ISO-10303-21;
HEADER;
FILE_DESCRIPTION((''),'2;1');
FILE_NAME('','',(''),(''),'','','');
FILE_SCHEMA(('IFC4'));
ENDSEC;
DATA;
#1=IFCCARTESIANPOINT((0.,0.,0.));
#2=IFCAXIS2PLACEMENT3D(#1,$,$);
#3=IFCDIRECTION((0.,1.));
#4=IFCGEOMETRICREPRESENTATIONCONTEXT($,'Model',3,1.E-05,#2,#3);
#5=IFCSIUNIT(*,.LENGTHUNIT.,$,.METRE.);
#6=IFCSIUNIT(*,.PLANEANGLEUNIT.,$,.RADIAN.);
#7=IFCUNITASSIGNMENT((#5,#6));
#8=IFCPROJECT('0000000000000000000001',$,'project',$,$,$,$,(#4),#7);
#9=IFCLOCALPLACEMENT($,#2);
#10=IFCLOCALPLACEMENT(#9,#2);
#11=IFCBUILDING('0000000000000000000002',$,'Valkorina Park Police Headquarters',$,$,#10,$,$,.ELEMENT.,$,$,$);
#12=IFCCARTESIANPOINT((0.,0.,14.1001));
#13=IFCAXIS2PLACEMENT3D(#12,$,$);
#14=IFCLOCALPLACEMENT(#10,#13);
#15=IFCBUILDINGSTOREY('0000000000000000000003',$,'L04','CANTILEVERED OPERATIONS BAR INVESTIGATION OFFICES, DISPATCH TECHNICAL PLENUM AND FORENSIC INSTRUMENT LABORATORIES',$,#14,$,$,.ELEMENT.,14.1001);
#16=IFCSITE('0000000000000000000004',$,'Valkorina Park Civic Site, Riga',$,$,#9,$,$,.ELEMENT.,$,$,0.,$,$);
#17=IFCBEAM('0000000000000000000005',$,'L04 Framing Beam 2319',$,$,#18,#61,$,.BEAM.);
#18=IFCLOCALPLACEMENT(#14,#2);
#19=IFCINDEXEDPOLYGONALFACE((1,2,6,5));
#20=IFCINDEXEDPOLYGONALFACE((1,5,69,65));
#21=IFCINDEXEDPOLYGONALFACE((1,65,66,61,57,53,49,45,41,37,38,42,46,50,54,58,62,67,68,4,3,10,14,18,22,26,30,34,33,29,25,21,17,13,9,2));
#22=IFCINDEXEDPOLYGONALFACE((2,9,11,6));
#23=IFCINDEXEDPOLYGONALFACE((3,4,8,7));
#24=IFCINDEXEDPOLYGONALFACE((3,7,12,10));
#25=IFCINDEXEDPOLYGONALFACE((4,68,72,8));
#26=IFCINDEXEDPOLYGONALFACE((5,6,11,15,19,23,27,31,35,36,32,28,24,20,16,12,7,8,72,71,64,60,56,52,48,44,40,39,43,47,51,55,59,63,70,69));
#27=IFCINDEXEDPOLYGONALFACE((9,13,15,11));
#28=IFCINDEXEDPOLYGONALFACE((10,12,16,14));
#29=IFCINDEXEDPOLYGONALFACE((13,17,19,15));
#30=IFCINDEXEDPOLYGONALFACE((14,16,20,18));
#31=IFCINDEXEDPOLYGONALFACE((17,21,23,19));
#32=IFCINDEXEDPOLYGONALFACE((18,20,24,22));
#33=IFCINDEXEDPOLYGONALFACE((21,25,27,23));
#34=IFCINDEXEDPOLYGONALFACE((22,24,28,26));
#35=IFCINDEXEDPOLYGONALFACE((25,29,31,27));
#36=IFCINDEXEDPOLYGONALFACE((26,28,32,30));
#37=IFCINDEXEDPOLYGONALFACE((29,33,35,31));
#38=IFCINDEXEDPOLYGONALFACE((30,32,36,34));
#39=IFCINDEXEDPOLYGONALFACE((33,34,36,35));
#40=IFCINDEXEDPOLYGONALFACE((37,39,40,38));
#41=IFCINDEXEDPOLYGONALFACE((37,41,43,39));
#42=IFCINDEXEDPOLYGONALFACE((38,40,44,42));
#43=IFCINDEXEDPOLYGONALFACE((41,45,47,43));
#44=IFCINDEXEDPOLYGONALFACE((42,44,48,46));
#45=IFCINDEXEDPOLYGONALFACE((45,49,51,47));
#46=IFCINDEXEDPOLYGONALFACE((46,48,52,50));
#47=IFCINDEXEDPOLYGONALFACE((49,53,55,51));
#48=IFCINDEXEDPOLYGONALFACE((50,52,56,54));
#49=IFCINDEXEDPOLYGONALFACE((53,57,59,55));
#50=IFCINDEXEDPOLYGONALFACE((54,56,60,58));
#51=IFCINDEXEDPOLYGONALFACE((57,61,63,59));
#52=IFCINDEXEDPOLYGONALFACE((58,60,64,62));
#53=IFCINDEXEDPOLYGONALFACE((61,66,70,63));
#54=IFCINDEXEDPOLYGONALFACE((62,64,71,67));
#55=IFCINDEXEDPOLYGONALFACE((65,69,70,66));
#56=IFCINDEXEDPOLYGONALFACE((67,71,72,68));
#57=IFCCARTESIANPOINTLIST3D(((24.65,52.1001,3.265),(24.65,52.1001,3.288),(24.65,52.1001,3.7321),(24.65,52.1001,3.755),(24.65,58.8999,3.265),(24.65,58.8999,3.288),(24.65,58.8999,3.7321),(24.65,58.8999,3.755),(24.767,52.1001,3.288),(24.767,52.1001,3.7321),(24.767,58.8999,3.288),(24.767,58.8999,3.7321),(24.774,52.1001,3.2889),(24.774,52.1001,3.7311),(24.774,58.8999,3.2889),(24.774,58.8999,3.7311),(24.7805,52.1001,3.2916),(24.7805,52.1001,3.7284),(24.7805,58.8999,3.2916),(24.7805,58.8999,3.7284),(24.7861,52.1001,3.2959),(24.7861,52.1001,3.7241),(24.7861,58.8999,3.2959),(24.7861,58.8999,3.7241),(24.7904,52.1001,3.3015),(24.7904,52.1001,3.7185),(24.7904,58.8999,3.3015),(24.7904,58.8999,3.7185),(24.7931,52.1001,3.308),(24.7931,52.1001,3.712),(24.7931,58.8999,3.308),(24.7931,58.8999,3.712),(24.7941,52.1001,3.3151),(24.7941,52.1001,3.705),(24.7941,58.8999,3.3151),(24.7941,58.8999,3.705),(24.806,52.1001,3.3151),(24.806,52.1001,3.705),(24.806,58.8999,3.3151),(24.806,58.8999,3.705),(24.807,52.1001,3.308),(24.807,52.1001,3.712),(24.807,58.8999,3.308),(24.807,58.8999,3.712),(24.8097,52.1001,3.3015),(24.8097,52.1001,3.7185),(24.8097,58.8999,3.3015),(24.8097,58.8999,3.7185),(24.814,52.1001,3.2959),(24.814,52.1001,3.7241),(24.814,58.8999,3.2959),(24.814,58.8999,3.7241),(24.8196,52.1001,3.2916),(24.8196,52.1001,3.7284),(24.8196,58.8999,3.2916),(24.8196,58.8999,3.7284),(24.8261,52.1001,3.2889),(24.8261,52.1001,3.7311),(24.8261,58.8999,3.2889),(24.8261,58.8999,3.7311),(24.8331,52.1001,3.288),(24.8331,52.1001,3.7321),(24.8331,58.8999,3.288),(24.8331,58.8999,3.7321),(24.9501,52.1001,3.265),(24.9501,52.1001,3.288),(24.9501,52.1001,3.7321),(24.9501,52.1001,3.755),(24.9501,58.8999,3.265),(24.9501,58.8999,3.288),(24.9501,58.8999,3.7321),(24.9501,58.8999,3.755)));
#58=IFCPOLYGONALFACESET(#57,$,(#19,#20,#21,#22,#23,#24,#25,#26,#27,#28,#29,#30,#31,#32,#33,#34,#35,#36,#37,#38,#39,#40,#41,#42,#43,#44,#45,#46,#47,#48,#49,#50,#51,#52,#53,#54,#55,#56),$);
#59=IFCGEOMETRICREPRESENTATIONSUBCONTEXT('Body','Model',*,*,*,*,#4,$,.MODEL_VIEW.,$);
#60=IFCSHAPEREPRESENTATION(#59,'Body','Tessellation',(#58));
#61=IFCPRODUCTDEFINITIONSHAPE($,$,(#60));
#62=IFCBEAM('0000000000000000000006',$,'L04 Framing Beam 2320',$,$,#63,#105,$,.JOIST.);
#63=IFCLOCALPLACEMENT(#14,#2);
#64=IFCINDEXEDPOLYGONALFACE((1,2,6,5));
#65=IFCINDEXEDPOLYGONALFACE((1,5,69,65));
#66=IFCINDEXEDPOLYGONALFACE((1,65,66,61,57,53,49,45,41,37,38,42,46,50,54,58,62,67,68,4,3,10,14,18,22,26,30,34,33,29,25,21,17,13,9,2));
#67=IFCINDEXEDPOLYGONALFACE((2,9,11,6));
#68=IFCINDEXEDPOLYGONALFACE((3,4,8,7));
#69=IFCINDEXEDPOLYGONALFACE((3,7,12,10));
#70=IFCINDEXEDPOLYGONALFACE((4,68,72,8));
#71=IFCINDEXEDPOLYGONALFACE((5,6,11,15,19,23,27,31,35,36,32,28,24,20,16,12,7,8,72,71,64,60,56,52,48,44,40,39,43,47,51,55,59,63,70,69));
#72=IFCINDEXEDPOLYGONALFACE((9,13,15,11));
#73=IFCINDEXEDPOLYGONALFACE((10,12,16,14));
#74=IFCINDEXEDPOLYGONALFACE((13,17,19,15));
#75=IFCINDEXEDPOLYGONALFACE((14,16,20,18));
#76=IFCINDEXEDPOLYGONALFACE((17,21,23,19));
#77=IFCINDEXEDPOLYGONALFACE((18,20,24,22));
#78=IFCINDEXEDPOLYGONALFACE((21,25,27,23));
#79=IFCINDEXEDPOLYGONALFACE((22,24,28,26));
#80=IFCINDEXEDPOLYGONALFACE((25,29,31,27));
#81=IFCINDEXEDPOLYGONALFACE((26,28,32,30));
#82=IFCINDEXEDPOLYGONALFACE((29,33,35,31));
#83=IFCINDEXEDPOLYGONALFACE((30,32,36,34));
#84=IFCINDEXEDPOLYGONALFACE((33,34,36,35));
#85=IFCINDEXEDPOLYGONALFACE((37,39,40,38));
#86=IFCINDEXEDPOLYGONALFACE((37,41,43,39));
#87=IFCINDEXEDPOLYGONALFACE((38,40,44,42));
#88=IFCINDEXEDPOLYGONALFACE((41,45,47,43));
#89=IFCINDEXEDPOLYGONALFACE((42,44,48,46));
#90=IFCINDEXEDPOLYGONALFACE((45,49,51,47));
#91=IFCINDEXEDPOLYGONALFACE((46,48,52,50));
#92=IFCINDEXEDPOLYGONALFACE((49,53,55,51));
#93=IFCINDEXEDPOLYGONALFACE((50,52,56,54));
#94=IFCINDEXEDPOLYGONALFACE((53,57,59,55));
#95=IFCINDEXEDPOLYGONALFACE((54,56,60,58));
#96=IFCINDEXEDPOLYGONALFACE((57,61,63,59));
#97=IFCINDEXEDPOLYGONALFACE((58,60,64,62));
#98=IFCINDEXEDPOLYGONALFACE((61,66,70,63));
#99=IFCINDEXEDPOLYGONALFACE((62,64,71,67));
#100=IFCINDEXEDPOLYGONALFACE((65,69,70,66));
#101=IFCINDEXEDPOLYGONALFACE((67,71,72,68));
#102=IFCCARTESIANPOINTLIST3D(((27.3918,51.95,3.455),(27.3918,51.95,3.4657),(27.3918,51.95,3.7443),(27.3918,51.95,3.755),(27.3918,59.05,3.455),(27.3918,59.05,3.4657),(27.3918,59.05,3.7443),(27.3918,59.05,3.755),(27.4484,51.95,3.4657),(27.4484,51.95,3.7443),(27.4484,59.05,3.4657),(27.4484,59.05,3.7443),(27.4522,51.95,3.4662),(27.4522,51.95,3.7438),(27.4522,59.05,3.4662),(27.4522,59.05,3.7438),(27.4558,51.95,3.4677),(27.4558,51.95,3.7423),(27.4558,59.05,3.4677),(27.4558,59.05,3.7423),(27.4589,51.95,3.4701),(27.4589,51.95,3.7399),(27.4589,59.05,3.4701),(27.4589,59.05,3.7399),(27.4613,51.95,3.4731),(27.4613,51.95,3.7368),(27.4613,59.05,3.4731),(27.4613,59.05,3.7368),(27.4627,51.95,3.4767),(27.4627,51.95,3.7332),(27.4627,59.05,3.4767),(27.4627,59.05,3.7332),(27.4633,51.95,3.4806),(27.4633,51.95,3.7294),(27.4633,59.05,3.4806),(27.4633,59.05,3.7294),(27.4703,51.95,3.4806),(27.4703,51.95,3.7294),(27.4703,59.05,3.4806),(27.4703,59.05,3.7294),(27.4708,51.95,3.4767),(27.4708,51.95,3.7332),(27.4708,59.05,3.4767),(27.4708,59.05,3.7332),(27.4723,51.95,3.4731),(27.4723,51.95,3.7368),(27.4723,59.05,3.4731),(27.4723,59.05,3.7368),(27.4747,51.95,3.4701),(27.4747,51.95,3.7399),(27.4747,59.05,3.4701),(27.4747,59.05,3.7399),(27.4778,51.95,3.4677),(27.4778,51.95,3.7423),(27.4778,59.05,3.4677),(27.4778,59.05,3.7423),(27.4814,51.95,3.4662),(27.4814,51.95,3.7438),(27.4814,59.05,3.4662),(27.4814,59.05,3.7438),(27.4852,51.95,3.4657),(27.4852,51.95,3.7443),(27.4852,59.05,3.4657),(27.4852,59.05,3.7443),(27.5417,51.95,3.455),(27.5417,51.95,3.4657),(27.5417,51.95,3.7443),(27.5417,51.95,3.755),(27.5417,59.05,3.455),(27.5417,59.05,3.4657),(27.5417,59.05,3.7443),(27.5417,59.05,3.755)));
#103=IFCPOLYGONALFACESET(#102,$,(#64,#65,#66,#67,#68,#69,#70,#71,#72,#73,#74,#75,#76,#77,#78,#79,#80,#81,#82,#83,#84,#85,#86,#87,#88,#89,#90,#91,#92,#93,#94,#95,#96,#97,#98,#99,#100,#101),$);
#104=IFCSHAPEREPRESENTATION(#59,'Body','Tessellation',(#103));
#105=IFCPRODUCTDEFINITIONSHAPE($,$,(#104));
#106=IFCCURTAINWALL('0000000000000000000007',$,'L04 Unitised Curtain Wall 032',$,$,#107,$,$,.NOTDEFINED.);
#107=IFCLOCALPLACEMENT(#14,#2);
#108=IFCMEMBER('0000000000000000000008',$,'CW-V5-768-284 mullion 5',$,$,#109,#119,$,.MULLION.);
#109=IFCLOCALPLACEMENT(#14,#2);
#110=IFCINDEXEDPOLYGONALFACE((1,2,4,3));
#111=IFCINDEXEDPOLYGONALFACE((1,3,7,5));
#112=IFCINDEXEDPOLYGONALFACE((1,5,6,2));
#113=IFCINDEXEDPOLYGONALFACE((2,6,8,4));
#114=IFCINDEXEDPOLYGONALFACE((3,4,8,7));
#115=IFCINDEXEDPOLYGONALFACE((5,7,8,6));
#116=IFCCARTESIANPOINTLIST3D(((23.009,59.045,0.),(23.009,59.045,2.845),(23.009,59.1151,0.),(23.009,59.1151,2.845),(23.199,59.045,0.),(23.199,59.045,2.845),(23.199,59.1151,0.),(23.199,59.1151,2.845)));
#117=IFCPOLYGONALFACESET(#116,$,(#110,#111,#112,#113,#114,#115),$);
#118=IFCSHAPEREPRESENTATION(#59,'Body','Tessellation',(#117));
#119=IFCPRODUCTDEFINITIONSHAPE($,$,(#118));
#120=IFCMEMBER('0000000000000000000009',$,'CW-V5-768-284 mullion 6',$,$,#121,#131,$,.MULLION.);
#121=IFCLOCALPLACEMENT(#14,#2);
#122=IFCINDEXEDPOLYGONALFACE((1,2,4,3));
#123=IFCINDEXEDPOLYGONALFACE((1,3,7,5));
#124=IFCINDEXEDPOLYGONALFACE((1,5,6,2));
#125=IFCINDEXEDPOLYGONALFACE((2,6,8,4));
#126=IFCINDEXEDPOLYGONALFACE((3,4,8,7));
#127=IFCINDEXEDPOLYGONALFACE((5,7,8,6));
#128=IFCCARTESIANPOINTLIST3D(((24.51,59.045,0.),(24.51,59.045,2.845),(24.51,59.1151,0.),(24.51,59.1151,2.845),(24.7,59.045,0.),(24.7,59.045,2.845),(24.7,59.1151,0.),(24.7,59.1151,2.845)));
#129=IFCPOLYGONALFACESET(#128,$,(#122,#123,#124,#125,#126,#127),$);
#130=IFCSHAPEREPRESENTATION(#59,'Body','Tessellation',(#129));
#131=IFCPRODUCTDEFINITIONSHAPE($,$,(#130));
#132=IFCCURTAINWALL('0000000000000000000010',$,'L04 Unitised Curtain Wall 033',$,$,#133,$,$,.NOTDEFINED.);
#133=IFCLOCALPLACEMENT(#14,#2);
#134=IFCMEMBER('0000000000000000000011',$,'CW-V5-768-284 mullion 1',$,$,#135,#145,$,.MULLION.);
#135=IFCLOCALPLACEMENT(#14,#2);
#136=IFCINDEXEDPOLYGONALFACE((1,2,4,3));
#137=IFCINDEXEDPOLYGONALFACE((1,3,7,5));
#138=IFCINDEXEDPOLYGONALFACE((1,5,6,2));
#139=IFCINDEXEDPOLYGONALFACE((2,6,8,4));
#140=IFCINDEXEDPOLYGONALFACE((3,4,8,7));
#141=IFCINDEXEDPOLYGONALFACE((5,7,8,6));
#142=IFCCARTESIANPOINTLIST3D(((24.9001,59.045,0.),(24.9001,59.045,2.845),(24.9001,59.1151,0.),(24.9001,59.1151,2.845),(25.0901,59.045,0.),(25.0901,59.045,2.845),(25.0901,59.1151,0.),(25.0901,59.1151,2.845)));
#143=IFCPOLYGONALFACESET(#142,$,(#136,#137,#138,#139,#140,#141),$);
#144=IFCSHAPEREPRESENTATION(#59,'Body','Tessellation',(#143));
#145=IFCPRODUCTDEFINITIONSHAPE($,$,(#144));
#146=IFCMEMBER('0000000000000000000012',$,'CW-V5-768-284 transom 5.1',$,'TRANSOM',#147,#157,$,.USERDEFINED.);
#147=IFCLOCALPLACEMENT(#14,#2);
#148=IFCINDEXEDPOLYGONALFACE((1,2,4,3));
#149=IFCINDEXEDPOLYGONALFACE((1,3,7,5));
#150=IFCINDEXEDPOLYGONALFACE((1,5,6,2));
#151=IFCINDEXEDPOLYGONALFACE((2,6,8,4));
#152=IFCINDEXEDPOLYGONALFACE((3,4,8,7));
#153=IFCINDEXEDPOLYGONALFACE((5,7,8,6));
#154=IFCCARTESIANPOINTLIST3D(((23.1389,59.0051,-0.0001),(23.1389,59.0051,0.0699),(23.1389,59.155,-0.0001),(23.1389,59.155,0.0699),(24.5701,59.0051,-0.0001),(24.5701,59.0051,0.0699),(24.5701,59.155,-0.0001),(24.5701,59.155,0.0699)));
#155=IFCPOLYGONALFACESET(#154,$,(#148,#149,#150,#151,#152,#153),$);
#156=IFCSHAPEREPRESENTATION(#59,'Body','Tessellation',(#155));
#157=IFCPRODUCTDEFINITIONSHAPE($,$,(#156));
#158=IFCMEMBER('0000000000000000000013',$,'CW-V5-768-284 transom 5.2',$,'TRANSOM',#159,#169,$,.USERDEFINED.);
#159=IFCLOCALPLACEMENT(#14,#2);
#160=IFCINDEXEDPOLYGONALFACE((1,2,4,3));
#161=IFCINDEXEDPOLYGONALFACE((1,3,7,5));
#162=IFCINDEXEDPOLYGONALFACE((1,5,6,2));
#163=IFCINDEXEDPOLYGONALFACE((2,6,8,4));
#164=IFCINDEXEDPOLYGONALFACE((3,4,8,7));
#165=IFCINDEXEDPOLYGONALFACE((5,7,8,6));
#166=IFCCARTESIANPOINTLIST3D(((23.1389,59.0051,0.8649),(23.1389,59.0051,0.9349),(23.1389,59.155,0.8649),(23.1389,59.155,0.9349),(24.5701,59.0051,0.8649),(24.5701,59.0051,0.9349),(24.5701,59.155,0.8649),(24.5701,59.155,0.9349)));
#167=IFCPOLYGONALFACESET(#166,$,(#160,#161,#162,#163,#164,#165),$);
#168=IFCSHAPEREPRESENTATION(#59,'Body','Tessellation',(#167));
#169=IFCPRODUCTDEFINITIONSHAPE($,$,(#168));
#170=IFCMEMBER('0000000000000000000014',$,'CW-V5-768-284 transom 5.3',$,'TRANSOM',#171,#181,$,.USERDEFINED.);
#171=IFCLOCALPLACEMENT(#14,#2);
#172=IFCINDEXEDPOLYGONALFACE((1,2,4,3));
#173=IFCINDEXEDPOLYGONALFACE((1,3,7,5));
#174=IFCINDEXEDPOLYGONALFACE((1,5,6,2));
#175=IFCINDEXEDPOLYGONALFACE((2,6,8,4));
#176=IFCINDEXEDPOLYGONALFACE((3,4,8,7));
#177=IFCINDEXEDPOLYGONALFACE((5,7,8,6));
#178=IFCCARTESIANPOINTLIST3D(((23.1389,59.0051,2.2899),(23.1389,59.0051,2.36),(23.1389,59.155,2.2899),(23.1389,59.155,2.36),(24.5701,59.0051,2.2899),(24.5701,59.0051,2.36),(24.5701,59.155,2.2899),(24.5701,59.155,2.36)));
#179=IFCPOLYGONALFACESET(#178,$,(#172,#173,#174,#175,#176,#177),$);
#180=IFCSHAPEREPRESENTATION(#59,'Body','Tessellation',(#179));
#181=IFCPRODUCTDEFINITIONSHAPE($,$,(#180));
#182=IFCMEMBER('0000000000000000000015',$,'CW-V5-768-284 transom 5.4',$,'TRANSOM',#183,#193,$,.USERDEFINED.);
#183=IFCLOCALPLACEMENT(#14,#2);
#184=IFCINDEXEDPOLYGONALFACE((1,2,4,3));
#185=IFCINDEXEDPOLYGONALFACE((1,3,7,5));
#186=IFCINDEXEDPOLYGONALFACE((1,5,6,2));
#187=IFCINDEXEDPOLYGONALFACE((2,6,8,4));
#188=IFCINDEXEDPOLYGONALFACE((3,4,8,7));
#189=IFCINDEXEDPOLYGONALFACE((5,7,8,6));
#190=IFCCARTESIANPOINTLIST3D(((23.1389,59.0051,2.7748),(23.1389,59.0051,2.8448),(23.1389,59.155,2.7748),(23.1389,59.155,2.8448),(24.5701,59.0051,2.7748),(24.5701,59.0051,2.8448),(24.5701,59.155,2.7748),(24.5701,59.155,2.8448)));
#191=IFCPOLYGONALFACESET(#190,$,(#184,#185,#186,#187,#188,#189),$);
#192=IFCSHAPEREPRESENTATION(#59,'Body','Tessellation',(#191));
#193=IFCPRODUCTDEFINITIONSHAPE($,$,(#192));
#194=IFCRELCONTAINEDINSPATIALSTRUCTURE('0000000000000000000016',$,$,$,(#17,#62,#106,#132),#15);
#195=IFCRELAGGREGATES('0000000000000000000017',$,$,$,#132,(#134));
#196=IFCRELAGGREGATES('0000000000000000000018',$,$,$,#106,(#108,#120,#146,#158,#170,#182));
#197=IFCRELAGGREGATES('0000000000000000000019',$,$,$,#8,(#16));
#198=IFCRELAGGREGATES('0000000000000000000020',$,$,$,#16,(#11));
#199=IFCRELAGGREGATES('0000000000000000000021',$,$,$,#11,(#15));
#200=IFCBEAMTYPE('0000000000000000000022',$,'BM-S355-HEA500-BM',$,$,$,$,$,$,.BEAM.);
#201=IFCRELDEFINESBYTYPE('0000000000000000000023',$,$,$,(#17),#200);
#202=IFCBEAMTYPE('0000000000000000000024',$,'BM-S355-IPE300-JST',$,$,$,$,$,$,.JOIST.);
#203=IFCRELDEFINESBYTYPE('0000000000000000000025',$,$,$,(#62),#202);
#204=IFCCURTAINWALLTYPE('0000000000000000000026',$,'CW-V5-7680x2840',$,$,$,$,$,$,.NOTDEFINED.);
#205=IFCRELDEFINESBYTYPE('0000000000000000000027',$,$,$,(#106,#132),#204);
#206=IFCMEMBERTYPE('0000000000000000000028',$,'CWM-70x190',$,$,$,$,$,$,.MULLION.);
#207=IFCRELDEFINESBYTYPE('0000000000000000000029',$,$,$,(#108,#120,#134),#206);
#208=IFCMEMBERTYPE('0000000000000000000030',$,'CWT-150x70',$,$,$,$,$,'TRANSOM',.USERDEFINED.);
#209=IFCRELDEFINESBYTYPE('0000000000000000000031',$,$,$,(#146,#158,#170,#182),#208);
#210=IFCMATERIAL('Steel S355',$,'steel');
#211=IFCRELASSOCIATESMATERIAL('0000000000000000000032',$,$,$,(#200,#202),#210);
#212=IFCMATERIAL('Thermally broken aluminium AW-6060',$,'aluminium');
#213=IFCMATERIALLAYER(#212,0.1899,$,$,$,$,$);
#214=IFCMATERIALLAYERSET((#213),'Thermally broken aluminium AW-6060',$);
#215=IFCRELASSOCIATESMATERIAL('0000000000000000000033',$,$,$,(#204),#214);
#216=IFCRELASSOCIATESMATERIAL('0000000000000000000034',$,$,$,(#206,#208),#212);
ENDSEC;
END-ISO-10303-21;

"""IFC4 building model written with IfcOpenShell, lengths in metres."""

from ifc_helpers import new_model, si_unit, direction, frame, origin, origin_2d, place, context, subcontext, project, spatial, rectangle, i_section, extrude, material, layer, layer_set, material_profile, profile_set, type_object, element, aggregate, save


model = new_model("IFC4")

# Units and contexts
model_context = context("Model", 3, precision=1e-05, world=origin(), true_north=direction((0.0, 1.0)))
body_context = subcontext(model_context, "Body", "Model", "MODEL_VIEW")
ifc_project = project(units=[si_unit("LENGTHUNIT", "METRE"), si_unit("PLANEANGLEUNIT", "RADIAN")], contexts=[model_context])

# Site, building, storey
site_placement = place(None, origin())
site = spatial("IfcSite", under=ifc_project, at=site_placement, Name="Valkorina Park Civic Site, Riga", CompositionType="ELEMENT", RefElevation=0.0)
building_placement = place(site_placement, origin())
building = spatial("IfcBuilding", under=site, at=building_placement, Name="Valkorina Park Police Headquarters", CompositionType="ELEMENT")
storey_placement = place(building_placement, frame((0.0, 0.0, 14.1001)))
storey = spatial("IfcBuildingStorey", under=building, at=storey_placement, Name="L04", Description="CANTILEVERED OPERATIONS BAR INVESTIGATION OFFICES, DISPATCH TECHNICAL PLENUM AND FORENSIC INSTRUMENT LABORATORIES", CompositionType="ELEMENT", Elevation=14.1001)

# Beams
ifc_material_1 = material(Name="Steel S355", Category="steel")
ifc_material_profile_1 = material_profile(ifc_material_1, i_section(OverallWidth=0.3, OverallDepth=0.49, WebThickness=0.012, FlangeThickness=0.0229, FilletRadius=0.0271, at=origin_2d()), Name="HEA 500")
ifc_profile_set_1 = profile_set([ifc_material_profile_1], Name="Steel S355")
beam_type_1 = type_object("IfcBeamType", Name="BM-S355-HEA500-BM", PredefinedType="BEAM", material=ifc_profile_set_1)
beam_1_placement = place(storey_placement, frame((24.8, 52.1001, 3.51), z_axis=(0.0, 1.0, 0.0), x_axis=(-1.0, 0.0, 0.0)))
element("IfcBeam", 1, at=beam_1_placement, inside=storey, type_object=beam_type_1, Name="L04 Framing Beam 2319", PredefinedType="BEAM", context=body_context, shape_type="SweptSolid", body=[
    extrude(i_section(OverallWidth=0.3, OverallDepth=0.49, WebThickness=0.012, FlangeThickness=0.0229, FilletRadius=0.0271, at=origin_2d()), origin(), (0.0, 0.0, 1.0), 6.7998),
])
ifc_material_profile_2 = material_profile(ifc_material_1, i_section(OverallWidth=0.1499, OverallDepth=0.3, WebThickness=0.0071, FlangeThickness=0.0107, FilletRadius=0.0149, at=origin_2d()), Name="IPE 300")
ifc_profile_set_2 = profile_set([ifc_material_profile_2], Name="Steel S355")
beam_type_2 = type_object("IfcBeamType", Name="BM-S355-IPE300-JST", PredefinedType="JOIST", material=ifc_profile_set_2)
beam_2_placement = place(storey_placement, frame((27.4668, 51.95, 3.605), z_axis=(0.0, 1.0, 0.0), x_axis=(-1.0, 0.0, 0.0)))
element("IfcBeam", 2, at=beam_2_placement, inside=storey, type_object=beam_type_2, Name="L04 Framing Beam 2320", PredefinedType="JOIST", context=body_context, shape_type="SweptSolid", body=[
    extrude(i_section(OverallWidth=0.1499, OverallDepth=0.3, WebThickness=0.0071, FlangeThickness=0.0107, FilletRadius=0.0149, at=origin_2d()), origin(), (0.0, 0.0, 1.0), 7.1001),
])

# Curtain wall, members
ifc_material_2 = material(Name="Thermally broken aluminium AW-6060", Category="aluminium")
ifc_layer_1 = layer(ifc_material_2, 0.1899)
ifc_layer_set_1 = layer_set([ifc_layer_1], Name="Thermally broken aluminium AW-6060")
curtain_wall_type = type_object("IfcCurtainWallType", Name="CW-V5-7680x2840", PredefinedType="NOTDEFINED", material=ifc_layer_set_1)
curtain_wall_1_placement = place(storey_placement, origin())
curtain_wall_1 = element("IfcCurtainWall", 3, at=curtain_wall_1_placement, inside=storey, type_object=curtain_wall_type, Name="L04 Unitised Curtain Wall 032", PredefinedType="NOTDEFINED")
ifc_material_profile_3 = material_profile(ifc_material_2, rectangle(XDim=0.0701, YDim=0.1899, at=origin_2d()), Name="CWM-02 70x190")
ifc_profile_set_3 = profile_set([ifc_material_profile_3], Name="Thermally broken aluminium AW-6060")
member_type_1 = type_object("IfcMemberType", Name="CWM-70x190", PredefinedType="MULLION", material=ifc_profile_set_3)
member_1_placement = place(storey_placement, frame((23.104, 59.0801, 0.0), z_axis=(0.0, 0.0, 1.0), x_axis=(0.0, 1.0, 0.0)))
member_1 = element("IfcMember", 4, at=member_1_placement, type_object=member_type_1, Name="CW-V5-768-284 mullion 5", PredefinedType="MULLION", context=body_context, shape_type="SweptSolid", body=[
    extrude(rectangle(XDim=0.0701, YDim=0.1899, at=origin_2d()), origin(), (0.0, 0.0, 1.0), 2.845),
])
member_2_placement = place(storey_placement, frame((24.605, 59.0801, 0.0), z_axis=(0.0, 0.0, 1.0), x_axis=(0.0, 1.0, 0.0)))
member_2 = element("IfcMember", 5, at=member_2_placement, type_object=member_type_1, Name="CW-V5-768-284 mullion 6", PredefinedType="MULLION", context=body_context, shape_type="SweptSolid", body=[
    extrude(rectangle(XDim=0.0701, YDim=0.1899, at=origin_2d()), origin(), (0.0, 0.0, 1.0), 2.845),
])

# Curtain wall, member
curtain_wall_2_placement = place(storey_placement, origin())
curtain_wall_2 = element("IfcCurtainWall", 6, at=curtain_wall_2_placement, inside=storey, type_object=curtain_wall_type, Name="L04 Unitised Curtain Wall 033", PredefinedType="NOTDEFINED")
member_3_placement = place(storey_placement, frame((24.9951, 59.0801, 0.0), z_axis=(0.0, 0.0, 1.0), x_axis=(0.0, 1.0, 0.0)))
member_3 = element("IfcMember", 7, at=member_3_placement, type_object=member_type_1, Name="CW-V5-768-284 mullion 1", PredefinedType="MULLION", context=body_context, shape_type="SweptSolid", body=[
    extrude(rectangle(XDim=0.0701, YDim=0.1899, at=origin_2d()), origin(), (0.0, 0.0, 1.0), 2.845),
])

# Members
ifc_material_profile_4 = material_profile(ifc_material_2, rectangle(XDim=0.1499, YDim=0.0701, at=origin_2d()), Name="CWT-02 150x70")
ifc_profile_set_4 = profile_set([ifc_material_profile_4], Name="Thermally broken aluminium AW-6060")
member_type_2 = type_object("IfcMemberType", Name="CWT-150x70", ElementType="TRANSOM", PredefinedType="USERDEFINED", material=ifc_profile_set_4)
member_4_placement = place(storey_placement, frame((23.1389, 59.0801, 0.0349), z_axis=(1.0, 0.0, 0.0), x_axis=(0.0, 1.0, 0.0)))
member_4 = element("IfcMember", 8, at=member_4_placement, type_object=member_type_2, Name="CW-V5-768-284 transom 5.1", ObjectType="TRANSOM", PredefinedType="USERDEFINED", context=body_context, shape_type="SweptSolid", body=[
    extrude(rectangle(XDim=0.1499, YDim=0.0701, at=origin_2d()), origin(), (0.0, 0.0, 1.0), 1.4312),
])
member_5_placement = place(storey_placement, frame((23.1389, 59.0801, 0.8999), z_axis=(1.0, 0.0, 0.0), x_axis=(0.0, 1.0, 0.0)))
member_5 = element("IfcMember", 9, at=member_5_placement, type_object=member_type_2, Name="CW-V5-768-284 transom 5.2", ObjectType="TRANSOM", PredefinedType="USERDEFINED", context=body_context, shape_type="SweptSolid", body=[
    extrude(rectangle(XDim=0.1499, YDim=0.0701, at=origin_2d()), origin(), (0.0, 0.0, 1.0), 1.4312),
])
member_6_placement = place(storey_placement, frame((23.1389, 59.0801, 2.325), z_axis=(1.0, 0.0, 0.0), x_axis=(0.0, 1.0, 0.0)))
member_6 = element("IfcMember", 10, at=member_6_placement, type_object=member_type_2, Name="CW-V5-768-284 transom 5.3", ObjectType="TRANSOM", PredefinedType="USERDEFINED", context=body_context, shape_type="SweptSolid", body=[
    extrude(rectangle(XDim=0.1499, YDim=0.0701, at=origin_2d()), origin(), (0.0, 0.0, 1.0), 1.4312),
])
member_7_placement = place(storey_placement, frame((23.1389, 59.0801, 2.8098), z_axis=(1.0, 0.0, 0.0), x_axis=(0.0, 1.0, 0.0)))
member_7 = element("IfcMember", 11, at=member_7_placement, type_object=member_type_2, Name="CW-V5-768-284 transom 5.4", ObjectType="TRANSOM", PredefinedType="USERDEFINED", context=body_context, shape_type="SweptSolid", body=[
    extrude(rectangle(XDim=0.1499, YDim=0.0701, at=origin_2d()), origin(), (0.0, 0.0, 1.0), 1.4312),
])
aggregate(curtain_wall_2, [member_3])

aggregate(curtain_wall_1, [member_1, member_2, member_4, member_5, member_6, member_7])

save(model, "model.ifc")
